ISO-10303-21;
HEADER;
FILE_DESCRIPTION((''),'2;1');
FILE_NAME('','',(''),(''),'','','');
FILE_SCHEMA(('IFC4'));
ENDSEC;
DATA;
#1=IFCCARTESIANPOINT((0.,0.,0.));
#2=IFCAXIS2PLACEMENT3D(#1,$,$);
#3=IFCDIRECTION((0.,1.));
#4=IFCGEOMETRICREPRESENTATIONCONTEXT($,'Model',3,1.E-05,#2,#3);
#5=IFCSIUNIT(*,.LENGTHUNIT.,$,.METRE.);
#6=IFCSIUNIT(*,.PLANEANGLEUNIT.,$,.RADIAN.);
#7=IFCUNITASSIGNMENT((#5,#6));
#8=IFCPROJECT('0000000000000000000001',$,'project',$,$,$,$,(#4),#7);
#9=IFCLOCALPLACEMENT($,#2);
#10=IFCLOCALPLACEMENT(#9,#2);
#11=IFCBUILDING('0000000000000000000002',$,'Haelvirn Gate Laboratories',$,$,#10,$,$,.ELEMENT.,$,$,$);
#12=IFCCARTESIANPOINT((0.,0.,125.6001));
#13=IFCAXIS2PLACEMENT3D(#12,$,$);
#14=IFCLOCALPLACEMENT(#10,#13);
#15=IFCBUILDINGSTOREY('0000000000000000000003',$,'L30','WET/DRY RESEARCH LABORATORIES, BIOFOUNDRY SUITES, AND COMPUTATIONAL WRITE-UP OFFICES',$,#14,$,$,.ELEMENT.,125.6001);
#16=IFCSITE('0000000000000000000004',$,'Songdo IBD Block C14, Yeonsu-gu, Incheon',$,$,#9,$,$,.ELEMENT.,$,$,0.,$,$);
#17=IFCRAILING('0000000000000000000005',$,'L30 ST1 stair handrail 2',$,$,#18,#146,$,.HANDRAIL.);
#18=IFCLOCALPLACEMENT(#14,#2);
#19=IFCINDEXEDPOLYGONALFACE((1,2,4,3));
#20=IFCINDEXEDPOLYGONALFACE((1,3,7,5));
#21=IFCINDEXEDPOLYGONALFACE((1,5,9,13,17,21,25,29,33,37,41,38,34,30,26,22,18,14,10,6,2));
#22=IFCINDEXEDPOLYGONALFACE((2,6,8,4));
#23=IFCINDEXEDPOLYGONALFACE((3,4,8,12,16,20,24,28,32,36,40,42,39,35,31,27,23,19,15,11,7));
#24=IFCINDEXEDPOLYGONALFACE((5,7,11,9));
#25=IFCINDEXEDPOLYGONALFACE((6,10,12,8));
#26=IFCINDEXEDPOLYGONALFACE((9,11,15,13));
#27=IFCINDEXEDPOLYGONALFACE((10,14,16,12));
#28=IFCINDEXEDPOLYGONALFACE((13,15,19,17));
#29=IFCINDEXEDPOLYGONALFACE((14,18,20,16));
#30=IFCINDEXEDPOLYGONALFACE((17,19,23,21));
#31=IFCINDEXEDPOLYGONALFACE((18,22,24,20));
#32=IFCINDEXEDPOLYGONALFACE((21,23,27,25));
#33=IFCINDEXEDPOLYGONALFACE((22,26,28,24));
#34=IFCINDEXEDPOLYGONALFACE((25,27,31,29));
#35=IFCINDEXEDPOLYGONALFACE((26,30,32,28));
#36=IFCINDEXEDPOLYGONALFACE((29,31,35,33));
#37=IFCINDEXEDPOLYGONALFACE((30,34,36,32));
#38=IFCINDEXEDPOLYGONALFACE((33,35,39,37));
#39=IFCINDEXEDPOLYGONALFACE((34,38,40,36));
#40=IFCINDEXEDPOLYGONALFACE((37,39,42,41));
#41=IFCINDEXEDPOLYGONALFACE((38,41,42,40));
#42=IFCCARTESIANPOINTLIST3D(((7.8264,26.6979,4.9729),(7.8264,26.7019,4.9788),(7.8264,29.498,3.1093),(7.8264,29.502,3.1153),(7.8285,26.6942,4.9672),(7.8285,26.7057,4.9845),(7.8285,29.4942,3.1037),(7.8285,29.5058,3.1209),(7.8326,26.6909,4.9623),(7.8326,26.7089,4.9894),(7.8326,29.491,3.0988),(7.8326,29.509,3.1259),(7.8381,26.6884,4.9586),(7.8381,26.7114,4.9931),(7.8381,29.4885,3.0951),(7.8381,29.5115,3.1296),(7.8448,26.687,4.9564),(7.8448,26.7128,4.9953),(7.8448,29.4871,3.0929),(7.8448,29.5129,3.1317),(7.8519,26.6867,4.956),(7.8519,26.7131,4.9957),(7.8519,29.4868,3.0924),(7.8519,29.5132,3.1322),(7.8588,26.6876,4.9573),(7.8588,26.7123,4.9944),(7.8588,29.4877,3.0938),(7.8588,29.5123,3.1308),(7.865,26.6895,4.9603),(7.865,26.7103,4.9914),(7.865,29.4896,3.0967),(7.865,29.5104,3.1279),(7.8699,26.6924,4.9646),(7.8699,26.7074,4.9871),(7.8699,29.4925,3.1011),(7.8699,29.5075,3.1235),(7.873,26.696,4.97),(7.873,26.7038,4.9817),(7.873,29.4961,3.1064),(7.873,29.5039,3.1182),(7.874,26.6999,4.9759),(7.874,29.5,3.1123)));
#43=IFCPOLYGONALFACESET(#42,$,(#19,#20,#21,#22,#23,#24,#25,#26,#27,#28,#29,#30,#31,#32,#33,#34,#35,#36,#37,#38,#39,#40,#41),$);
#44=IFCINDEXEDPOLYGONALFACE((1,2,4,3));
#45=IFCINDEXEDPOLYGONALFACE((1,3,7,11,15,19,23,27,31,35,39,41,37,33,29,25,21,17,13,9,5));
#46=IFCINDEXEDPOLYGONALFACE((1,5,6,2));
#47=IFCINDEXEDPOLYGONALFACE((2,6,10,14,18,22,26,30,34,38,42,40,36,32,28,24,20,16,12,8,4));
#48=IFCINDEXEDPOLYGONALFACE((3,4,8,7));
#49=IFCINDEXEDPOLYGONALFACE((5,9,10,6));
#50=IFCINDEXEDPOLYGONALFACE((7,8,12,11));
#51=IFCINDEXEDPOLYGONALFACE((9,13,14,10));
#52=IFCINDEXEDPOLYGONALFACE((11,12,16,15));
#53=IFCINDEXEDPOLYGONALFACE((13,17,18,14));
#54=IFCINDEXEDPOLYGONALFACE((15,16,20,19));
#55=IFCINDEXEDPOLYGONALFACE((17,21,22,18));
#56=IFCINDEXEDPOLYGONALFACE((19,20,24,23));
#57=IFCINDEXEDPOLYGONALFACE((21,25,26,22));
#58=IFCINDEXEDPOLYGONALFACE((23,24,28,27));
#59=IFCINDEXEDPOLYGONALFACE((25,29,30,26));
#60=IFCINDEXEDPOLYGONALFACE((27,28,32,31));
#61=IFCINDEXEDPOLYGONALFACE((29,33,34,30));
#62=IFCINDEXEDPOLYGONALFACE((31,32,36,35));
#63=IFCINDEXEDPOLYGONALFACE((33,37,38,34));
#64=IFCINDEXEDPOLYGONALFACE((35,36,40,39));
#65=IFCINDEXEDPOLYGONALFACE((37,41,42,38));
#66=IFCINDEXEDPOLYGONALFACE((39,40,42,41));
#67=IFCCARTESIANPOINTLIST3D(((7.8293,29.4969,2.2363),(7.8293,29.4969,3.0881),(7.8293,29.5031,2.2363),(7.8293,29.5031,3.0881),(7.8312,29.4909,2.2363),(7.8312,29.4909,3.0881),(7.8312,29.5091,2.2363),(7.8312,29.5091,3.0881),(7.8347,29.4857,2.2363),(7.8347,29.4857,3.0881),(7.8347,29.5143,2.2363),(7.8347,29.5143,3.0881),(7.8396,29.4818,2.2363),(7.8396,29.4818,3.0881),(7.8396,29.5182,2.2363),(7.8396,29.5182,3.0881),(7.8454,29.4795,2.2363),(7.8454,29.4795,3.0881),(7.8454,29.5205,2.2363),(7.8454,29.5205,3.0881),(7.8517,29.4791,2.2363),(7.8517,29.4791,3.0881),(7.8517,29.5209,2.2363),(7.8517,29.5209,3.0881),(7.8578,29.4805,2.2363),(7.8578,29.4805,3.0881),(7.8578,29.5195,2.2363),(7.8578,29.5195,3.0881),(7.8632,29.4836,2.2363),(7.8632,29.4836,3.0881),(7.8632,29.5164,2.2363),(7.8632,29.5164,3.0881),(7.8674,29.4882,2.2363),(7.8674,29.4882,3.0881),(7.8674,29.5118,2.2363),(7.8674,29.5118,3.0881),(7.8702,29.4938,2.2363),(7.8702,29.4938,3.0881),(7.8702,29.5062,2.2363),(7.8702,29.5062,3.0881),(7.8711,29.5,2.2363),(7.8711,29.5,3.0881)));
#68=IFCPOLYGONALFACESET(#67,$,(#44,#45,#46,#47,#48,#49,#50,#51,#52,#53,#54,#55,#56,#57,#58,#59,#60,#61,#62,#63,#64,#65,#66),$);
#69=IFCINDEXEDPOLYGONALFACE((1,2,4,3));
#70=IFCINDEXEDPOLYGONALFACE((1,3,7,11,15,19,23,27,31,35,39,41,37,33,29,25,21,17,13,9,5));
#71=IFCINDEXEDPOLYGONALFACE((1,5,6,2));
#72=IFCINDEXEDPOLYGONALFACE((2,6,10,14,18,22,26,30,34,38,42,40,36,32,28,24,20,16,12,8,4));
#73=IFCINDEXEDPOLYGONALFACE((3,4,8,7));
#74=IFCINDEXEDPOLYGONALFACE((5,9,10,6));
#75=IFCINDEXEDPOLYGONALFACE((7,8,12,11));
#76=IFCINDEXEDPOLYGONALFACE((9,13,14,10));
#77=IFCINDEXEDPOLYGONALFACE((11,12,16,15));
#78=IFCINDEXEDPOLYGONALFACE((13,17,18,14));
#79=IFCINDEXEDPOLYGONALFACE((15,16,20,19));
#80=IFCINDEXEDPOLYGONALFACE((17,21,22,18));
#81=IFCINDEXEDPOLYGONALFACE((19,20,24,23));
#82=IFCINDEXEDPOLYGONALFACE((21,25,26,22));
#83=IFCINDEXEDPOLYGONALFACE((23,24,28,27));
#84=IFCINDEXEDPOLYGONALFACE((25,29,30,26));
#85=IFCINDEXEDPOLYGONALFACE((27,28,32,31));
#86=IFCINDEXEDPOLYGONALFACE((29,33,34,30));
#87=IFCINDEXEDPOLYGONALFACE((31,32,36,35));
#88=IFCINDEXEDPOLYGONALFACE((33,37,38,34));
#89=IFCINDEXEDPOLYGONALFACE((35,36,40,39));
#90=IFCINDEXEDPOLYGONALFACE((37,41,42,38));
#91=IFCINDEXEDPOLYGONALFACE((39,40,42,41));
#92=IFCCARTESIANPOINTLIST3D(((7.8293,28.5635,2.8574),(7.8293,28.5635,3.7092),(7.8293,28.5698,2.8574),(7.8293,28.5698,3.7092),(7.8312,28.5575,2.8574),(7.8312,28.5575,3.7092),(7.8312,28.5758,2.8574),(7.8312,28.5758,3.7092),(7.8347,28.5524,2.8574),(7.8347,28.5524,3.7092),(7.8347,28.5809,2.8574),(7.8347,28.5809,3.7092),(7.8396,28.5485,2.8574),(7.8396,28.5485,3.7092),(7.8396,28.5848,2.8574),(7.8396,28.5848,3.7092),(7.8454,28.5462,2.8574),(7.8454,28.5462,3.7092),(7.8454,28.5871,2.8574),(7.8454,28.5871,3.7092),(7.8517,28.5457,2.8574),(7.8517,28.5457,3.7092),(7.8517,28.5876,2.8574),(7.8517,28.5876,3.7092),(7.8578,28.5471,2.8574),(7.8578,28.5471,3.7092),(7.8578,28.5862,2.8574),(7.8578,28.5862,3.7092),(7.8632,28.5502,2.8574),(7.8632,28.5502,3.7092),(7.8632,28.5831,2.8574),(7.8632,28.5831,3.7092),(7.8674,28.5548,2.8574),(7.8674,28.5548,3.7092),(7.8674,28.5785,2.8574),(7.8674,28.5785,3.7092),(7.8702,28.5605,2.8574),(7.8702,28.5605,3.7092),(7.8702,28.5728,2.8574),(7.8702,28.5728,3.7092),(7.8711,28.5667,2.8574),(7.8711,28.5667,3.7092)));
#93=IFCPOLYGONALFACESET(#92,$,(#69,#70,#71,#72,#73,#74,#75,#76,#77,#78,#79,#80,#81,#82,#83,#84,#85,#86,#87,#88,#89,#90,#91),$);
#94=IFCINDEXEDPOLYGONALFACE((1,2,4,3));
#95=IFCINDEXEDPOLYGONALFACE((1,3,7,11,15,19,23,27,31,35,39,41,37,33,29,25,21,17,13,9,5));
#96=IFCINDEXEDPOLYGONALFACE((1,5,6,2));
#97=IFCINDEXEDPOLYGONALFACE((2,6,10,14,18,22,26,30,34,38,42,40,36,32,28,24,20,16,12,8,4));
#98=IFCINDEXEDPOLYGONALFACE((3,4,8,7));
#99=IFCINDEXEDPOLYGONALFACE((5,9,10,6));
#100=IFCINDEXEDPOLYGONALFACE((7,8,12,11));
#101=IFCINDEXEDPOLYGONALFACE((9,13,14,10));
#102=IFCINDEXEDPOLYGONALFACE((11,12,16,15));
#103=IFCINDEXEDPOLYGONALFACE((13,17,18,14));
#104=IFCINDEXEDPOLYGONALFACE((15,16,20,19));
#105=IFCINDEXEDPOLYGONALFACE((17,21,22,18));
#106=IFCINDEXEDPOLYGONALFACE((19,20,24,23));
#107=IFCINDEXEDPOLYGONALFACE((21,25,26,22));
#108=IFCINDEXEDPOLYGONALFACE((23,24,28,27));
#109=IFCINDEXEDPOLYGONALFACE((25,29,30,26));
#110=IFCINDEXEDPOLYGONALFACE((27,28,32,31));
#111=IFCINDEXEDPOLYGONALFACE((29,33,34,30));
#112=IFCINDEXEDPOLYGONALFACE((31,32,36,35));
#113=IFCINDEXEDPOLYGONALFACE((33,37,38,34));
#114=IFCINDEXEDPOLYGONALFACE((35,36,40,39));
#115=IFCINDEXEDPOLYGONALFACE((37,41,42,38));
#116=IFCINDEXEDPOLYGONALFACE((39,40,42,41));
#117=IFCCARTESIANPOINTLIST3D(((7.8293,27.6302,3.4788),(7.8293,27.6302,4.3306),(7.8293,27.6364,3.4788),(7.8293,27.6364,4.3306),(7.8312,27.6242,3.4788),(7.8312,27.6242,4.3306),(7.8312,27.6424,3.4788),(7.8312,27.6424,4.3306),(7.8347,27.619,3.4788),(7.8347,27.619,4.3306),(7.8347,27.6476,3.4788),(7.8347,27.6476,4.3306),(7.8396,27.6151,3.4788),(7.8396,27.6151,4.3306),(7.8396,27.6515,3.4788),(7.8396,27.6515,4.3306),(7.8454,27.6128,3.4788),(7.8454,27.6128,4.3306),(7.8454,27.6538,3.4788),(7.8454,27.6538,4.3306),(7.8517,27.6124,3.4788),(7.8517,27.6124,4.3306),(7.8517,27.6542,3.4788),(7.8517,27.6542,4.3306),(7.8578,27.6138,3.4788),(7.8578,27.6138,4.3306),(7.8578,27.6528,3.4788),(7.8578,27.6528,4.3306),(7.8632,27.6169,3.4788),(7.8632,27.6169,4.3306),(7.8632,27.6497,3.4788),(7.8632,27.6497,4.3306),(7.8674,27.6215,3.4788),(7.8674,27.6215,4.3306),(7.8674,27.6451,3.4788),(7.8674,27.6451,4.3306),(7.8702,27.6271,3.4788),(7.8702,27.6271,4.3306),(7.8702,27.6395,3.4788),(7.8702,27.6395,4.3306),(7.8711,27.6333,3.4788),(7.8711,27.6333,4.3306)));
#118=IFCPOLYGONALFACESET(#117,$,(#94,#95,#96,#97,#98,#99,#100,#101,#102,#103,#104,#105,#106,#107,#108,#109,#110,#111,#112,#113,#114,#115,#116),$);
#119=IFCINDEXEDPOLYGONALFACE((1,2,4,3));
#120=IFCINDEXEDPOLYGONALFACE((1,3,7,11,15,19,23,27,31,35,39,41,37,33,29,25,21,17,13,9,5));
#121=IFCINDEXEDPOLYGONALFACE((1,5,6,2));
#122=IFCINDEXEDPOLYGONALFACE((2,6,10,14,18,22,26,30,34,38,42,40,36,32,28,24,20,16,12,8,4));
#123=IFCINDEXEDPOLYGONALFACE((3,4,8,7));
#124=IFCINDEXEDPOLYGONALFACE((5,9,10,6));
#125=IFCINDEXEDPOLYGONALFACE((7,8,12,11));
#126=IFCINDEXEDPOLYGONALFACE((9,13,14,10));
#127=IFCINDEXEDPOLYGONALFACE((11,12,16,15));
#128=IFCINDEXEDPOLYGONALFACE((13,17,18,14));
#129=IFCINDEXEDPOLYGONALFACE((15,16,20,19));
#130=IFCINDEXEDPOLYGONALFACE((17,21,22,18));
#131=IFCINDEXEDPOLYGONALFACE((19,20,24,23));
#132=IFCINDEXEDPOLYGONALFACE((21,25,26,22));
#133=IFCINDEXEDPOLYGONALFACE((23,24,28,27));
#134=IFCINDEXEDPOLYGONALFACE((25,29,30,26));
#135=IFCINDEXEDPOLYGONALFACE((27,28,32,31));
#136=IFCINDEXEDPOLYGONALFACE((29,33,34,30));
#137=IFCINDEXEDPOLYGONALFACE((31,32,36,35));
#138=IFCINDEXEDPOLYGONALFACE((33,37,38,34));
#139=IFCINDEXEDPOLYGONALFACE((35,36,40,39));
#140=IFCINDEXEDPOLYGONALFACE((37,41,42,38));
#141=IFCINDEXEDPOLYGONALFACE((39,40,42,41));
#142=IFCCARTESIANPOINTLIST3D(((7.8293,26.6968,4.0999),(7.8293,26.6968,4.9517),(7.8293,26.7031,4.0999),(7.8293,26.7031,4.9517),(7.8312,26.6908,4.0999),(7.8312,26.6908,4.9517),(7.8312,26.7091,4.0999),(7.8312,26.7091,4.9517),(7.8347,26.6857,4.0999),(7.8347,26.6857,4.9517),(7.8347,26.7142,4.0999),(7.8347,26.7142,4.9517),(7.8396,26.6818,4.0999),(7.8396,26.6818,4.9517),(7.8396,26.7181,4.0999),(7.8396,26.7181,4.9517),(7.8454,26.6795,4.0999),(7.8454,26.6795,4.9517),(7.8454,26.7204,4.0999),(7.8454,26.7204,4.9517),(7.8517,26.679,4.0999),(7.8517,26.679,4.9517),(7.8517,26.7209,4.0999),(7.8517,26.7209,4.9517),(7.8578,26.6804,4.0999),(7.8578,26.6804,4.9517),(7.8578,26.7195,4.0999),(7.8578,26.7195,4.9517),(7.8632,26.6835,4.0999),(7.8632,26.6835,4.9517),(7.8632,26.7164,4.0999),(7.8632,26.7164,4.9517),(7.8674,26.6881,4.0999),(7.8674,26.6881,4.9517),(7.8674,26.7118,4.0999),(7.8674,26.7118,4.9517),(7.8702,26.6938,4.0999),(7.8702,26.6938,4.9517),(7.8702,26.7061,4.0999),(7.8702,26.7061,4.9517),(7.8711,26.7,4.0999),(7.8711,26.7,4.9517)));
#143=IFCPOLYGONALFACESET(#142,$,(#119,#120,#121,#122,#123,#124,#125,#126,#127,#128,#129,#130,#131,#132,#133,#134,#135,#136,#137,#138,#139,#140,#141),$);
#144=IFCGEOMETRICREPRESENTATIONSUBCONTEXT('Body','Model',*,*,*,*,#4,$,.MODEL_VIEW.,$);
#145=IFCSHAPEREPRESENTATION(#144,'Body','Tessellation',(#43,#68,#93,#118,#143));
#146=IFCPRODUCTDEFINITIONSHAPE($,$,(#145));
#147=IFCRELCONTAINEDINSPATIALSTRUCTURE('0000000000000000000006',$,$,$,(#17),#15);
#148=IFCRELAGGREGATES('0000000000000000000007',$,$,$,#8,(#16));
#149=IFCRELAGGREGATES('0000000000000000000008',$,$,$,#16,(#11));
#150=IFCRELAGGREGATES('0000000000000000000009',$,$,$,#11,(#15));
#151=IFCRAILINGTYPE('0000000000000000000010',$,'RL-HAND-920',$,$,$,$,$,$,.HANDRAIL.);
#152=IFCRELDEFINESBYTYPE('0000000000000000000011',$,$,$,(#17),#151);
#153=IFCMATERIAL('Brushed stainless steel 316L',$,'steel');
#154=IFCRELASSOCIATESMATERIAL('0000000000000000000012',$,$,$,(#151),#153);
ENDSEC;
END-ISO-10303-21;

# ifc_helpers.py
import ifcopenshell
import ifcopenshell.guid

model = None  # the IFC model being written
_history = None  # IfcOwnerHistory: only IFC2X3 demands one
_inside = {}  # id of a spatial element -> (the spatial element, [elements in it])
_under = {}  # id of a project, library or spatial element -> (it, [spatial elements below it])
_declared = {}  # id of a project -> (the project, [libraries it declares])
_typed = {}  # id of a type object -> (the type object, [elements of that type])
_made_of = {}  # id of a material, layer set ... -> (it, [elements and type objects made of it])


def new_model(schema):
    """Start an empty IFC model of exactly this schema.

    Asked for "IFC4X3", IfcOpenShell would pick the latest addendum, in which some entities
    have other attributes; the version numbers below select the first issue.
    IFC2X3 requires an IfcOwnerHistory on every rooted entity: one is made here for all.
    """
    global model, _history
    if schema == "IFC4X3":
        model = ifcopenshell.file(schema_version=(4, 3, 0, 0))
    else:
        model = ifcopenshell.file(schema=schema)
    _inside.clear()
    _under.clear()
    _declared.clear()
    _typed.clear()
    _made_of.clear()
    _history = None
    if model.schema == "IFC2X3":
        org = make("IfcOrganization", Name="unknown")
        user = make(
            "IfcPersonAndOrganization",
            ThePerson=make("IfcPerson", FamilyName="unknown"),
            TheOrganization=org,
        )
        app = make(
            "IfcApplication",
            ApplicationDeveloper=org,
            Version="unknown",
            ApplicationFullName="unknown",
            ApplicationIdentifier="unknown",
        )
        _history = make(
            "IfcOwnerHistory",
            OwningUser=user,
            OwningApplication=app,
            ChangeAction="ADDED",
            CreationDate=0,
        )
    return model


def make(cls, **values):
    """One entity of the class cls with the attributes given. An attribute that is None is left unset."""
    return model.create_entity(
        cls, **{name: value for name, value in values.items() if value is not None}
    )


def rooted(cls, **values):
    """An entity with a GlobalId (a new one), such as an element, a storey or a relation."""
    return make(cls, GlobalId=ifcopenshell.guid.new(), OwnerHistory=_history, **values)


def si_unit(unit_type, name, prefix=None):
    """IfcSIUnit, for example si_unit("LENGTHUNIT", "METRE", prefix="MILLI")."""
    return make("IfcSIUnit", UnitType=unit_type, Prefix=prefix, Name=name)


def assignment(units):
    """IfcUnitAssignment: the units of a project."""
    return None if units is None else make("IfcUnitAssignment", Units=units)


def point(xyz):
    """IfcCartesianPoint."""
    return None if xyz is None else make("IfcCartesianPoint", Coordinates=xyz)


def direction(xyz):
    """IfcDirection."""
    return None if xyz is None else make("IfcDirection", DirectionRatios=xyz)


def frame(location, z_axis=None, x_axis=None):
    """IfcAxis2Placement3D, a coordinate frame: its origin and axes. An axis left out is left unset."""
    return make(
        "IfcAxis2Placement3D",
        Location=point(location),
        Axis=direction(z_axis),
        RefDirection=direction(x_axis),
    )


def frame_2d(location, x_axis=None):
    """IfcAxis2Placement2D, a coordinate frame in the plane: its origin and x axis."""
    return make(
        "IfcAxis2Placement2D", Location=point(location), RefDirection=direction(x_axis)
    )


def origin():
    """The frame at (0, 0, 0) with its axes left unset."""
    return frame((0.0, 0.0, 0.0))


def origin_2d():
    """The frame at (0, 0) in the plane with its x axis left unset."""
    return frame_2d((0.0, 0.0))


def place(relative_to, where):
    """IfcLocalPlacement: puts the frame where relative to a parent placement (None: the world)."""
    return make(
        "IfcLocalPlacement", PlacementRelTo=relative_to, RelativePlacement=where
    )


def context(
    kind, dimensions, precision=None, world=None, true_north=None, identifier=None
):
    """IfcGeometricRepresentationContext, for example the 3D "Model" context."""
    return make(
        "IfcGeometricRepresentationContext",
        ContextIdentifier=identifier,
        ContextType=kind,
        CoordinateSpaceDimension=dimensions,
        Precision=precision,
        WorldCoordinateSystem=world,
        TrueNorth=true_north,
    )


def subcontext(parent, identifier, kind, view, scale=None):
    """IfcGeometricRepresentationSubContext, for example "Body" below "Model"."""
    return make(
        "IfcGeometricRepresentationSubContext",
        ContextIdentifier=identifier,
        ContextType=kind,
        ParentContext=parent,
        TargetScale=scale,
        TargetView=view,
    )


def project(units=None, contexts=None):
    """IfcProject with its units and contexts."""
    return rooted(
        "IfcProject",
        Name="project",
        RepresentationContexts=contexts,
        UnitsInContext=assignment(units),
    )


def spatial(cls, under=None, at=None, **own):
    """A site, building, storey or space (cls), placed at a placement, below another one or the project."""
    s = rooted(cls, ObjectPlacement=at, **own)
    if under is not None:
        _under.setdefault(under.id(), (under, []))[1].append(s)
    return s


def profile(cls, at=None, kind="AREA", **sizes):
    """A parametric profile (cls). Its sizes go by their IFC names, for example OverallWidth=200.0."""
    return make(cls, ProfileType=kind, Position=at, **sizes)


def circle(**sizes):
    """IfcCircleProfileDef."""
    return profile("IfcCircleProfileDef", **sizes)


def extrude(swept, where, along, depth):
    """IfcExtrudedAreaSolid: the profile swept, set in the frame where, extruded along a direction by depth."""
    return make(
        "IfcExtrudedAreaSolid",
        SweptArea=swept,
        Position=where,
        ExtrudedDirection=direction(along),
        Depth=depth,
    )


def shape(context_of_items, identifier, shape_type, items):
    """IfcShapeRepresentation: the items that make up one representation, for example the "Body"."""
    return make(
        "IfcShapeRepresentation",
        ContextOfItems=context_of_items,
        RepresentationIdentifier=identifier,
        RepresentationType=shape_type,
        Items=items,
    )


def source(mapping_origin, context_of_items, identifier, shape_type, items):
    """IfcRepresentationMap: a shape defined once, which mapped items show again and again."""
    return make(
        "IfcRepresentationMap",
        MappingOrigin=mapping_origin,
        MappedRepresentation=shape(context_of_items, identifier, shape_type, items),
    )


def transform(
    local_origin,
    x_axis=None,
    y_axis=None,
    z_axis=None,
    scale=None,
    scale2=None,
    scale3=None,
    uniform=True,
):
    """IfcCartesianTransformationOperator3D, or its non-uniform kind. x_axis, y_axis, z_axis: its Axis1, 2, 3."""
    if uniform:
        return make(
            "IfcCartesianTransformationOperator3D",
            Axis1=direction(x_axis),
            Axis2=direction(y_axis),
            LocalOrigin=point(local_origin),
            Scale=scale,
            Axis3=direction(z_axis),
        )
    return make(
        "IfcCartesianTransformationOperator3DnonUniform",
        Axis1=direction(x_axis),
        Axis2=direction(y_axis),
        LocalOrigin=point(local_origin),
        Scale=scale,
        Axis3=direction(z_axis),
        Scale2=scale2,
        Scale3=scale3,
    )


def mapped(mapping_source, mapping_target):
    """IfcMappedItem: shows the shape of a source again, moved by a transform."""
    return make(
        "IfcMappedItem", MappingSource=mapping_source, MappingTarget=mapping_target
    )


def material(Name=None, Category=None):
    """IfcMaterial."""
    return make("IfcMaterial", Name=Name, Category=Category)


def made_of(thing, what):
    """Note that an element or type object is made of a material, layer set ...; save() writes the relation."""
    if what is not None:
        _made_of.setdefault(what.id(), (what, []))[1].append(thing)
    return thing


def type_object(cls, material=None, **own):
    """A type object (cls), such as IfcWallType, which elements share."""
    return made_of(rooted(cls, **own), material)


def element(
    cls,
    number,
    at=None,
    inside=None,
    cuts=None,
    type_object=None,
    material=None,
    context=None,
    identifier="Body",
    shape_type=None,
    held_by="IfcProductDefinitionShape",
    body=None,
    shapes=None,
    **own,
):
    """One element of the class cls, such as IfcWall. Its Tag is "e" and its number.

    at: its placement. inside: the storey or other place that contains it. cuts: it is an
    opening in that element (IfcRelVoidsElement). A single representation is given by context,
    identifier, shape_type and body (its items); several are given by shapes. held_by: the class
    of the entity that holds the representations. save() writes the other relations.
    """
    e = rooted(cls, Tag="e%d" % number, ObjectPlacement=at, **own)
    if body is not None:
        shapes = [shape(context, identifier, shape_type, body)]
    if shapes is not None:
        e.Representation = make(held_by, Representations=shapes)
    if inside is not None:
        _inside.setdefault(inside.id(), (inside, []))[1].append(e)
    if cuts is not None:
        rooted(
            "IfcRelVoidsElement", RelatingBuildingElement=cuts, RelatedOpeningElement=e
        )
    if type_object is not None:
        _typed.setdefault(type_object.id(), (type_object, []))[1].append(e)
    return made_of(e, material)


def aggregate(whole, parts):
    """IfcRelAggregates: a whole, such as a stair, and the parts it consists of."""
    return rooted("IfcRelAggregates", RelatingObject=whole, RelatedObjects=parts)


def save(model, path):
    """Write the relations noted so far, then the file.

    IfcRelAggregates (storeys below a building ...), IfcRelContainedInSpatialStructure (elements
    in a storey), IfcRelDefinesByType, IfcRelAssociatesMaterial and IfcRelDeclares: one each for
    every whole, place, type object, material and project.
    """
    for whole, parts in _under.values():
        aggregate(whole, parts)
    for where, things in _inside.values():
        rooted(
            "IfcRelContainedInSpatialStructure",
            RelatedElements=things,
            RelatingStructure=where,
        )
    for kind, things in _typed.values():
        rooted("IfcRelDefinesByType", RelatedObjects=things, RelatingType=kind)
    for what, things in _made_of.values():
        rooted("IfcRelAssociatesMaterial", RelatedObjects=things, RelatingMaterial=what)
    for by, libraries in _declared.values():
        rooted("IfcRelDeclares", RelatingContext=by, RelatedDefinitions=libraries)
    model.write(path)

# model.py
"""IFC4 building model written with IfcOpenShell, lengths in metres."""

from ifc_helpers import new_model, si_unit, direction, frame, origin, origin_2d, place, context, subcontext, project, spatial, circle, extrude, source, transform, mapped, material, type_object, element, save


model = new_model("IFC4")

# Units and contexts
model_context = context("Model", 3, precision=1e-05, world=origin(), true_north=direction((0.0, 1.0)))
body_context = subcontext(model_context, "Body", "Model", "MODEL_VIEW")
ifc_project = project(units=[si_unit("LENGTHUNIT", "METRE"), si_unit("PLANEANGLEUNIT", "RADIAN")], contexts=[model_context])

# Site, building, storey
site_placement = place(None, origin())
site = spatial("IfcSite", under=ifc_project, at=site_placement, Name="Songdo IBD Block C14, Yeonsu-gu, Incheon", CompositionType="ELEMENT", RefElevation=0.0)
building_placement = place(site_placement, origin())
building = spatial("IfcBuilding", under=site, at=building_placement, Name="Haelvirn Gate Laboratories", CompositionType="ELEMENT")
storey_placement = place(building_placement, frame((0.0, 0.0, 125.6001)))
storey = spatial("IfcBuildingStorey", under=building, at=storey_placement, Name="L30", Description="WET/DRY RESEARCH LABORATORIES, BIOFOUNDRY SUITES, AND COMPUTATIONAL WRITE-UP OFFICES", CompositionType="ELEMENT", Elevation=125.6001)

# Railing
ifc_material_1 = material(Name="Brushed stainless steel 316L", Category="steel")
railing_type_1 = type_object("IfcRailingType", Name="RL-HAND-920", PredefinedType="HANDRAIL", material=ifc_material_1)
shared_shape_1 = source(origin(), body_context, "Body", "SweptSolid", [
    extrude(circle(Radius=0.0239, at=origin_2d()), frame((0.0, 0.0, 0.876), z_axis=(0.0, -0.832486, 0.554047), x_axis=(1.0, 0.0, 0.0)), (0.0, 0.0, 1.0), 3.3635),
    extrude(circle(Radius=0.021, at=origin_2d()), origin(), (0.0, 0.0, 1.0), 0.8518),
    extrude(circle(Radius=0.021, at=origin_2d()), frame((0.0, -0.9333, 0.6211)), (0.0, 0.0, 1.0), 0.8518),
    extrude(circle(Radius=0.021, at=origin_2d()), frame((0.0, -1.8667, 1.2424)), (0.0, 0.0, 1.0), 0.8518),
    extrude(circle(Radius=0.021, at=origin_2d()), frame((0.0, -2.8, 1.8635)), (0.0, 0.0, 1.0), 0.8518),
])
railing_1_placement = place(storey_placement, frame((7.8501, 29.5, 2.2363)))
element("IfcRailing", 1, at=railing_1_placement, inside=storey, type_object=railing_type_1, Name="L30 ST1 stair handrail 2", PredefinedType="HANDRAIL", context=body_context, shape_type="MappedRepresentation", body=[
    mapped(shared_shape_1, transform((0.0, 0.0, 0.0), scale=1.0)),
])

save(model, "model.ifc")
